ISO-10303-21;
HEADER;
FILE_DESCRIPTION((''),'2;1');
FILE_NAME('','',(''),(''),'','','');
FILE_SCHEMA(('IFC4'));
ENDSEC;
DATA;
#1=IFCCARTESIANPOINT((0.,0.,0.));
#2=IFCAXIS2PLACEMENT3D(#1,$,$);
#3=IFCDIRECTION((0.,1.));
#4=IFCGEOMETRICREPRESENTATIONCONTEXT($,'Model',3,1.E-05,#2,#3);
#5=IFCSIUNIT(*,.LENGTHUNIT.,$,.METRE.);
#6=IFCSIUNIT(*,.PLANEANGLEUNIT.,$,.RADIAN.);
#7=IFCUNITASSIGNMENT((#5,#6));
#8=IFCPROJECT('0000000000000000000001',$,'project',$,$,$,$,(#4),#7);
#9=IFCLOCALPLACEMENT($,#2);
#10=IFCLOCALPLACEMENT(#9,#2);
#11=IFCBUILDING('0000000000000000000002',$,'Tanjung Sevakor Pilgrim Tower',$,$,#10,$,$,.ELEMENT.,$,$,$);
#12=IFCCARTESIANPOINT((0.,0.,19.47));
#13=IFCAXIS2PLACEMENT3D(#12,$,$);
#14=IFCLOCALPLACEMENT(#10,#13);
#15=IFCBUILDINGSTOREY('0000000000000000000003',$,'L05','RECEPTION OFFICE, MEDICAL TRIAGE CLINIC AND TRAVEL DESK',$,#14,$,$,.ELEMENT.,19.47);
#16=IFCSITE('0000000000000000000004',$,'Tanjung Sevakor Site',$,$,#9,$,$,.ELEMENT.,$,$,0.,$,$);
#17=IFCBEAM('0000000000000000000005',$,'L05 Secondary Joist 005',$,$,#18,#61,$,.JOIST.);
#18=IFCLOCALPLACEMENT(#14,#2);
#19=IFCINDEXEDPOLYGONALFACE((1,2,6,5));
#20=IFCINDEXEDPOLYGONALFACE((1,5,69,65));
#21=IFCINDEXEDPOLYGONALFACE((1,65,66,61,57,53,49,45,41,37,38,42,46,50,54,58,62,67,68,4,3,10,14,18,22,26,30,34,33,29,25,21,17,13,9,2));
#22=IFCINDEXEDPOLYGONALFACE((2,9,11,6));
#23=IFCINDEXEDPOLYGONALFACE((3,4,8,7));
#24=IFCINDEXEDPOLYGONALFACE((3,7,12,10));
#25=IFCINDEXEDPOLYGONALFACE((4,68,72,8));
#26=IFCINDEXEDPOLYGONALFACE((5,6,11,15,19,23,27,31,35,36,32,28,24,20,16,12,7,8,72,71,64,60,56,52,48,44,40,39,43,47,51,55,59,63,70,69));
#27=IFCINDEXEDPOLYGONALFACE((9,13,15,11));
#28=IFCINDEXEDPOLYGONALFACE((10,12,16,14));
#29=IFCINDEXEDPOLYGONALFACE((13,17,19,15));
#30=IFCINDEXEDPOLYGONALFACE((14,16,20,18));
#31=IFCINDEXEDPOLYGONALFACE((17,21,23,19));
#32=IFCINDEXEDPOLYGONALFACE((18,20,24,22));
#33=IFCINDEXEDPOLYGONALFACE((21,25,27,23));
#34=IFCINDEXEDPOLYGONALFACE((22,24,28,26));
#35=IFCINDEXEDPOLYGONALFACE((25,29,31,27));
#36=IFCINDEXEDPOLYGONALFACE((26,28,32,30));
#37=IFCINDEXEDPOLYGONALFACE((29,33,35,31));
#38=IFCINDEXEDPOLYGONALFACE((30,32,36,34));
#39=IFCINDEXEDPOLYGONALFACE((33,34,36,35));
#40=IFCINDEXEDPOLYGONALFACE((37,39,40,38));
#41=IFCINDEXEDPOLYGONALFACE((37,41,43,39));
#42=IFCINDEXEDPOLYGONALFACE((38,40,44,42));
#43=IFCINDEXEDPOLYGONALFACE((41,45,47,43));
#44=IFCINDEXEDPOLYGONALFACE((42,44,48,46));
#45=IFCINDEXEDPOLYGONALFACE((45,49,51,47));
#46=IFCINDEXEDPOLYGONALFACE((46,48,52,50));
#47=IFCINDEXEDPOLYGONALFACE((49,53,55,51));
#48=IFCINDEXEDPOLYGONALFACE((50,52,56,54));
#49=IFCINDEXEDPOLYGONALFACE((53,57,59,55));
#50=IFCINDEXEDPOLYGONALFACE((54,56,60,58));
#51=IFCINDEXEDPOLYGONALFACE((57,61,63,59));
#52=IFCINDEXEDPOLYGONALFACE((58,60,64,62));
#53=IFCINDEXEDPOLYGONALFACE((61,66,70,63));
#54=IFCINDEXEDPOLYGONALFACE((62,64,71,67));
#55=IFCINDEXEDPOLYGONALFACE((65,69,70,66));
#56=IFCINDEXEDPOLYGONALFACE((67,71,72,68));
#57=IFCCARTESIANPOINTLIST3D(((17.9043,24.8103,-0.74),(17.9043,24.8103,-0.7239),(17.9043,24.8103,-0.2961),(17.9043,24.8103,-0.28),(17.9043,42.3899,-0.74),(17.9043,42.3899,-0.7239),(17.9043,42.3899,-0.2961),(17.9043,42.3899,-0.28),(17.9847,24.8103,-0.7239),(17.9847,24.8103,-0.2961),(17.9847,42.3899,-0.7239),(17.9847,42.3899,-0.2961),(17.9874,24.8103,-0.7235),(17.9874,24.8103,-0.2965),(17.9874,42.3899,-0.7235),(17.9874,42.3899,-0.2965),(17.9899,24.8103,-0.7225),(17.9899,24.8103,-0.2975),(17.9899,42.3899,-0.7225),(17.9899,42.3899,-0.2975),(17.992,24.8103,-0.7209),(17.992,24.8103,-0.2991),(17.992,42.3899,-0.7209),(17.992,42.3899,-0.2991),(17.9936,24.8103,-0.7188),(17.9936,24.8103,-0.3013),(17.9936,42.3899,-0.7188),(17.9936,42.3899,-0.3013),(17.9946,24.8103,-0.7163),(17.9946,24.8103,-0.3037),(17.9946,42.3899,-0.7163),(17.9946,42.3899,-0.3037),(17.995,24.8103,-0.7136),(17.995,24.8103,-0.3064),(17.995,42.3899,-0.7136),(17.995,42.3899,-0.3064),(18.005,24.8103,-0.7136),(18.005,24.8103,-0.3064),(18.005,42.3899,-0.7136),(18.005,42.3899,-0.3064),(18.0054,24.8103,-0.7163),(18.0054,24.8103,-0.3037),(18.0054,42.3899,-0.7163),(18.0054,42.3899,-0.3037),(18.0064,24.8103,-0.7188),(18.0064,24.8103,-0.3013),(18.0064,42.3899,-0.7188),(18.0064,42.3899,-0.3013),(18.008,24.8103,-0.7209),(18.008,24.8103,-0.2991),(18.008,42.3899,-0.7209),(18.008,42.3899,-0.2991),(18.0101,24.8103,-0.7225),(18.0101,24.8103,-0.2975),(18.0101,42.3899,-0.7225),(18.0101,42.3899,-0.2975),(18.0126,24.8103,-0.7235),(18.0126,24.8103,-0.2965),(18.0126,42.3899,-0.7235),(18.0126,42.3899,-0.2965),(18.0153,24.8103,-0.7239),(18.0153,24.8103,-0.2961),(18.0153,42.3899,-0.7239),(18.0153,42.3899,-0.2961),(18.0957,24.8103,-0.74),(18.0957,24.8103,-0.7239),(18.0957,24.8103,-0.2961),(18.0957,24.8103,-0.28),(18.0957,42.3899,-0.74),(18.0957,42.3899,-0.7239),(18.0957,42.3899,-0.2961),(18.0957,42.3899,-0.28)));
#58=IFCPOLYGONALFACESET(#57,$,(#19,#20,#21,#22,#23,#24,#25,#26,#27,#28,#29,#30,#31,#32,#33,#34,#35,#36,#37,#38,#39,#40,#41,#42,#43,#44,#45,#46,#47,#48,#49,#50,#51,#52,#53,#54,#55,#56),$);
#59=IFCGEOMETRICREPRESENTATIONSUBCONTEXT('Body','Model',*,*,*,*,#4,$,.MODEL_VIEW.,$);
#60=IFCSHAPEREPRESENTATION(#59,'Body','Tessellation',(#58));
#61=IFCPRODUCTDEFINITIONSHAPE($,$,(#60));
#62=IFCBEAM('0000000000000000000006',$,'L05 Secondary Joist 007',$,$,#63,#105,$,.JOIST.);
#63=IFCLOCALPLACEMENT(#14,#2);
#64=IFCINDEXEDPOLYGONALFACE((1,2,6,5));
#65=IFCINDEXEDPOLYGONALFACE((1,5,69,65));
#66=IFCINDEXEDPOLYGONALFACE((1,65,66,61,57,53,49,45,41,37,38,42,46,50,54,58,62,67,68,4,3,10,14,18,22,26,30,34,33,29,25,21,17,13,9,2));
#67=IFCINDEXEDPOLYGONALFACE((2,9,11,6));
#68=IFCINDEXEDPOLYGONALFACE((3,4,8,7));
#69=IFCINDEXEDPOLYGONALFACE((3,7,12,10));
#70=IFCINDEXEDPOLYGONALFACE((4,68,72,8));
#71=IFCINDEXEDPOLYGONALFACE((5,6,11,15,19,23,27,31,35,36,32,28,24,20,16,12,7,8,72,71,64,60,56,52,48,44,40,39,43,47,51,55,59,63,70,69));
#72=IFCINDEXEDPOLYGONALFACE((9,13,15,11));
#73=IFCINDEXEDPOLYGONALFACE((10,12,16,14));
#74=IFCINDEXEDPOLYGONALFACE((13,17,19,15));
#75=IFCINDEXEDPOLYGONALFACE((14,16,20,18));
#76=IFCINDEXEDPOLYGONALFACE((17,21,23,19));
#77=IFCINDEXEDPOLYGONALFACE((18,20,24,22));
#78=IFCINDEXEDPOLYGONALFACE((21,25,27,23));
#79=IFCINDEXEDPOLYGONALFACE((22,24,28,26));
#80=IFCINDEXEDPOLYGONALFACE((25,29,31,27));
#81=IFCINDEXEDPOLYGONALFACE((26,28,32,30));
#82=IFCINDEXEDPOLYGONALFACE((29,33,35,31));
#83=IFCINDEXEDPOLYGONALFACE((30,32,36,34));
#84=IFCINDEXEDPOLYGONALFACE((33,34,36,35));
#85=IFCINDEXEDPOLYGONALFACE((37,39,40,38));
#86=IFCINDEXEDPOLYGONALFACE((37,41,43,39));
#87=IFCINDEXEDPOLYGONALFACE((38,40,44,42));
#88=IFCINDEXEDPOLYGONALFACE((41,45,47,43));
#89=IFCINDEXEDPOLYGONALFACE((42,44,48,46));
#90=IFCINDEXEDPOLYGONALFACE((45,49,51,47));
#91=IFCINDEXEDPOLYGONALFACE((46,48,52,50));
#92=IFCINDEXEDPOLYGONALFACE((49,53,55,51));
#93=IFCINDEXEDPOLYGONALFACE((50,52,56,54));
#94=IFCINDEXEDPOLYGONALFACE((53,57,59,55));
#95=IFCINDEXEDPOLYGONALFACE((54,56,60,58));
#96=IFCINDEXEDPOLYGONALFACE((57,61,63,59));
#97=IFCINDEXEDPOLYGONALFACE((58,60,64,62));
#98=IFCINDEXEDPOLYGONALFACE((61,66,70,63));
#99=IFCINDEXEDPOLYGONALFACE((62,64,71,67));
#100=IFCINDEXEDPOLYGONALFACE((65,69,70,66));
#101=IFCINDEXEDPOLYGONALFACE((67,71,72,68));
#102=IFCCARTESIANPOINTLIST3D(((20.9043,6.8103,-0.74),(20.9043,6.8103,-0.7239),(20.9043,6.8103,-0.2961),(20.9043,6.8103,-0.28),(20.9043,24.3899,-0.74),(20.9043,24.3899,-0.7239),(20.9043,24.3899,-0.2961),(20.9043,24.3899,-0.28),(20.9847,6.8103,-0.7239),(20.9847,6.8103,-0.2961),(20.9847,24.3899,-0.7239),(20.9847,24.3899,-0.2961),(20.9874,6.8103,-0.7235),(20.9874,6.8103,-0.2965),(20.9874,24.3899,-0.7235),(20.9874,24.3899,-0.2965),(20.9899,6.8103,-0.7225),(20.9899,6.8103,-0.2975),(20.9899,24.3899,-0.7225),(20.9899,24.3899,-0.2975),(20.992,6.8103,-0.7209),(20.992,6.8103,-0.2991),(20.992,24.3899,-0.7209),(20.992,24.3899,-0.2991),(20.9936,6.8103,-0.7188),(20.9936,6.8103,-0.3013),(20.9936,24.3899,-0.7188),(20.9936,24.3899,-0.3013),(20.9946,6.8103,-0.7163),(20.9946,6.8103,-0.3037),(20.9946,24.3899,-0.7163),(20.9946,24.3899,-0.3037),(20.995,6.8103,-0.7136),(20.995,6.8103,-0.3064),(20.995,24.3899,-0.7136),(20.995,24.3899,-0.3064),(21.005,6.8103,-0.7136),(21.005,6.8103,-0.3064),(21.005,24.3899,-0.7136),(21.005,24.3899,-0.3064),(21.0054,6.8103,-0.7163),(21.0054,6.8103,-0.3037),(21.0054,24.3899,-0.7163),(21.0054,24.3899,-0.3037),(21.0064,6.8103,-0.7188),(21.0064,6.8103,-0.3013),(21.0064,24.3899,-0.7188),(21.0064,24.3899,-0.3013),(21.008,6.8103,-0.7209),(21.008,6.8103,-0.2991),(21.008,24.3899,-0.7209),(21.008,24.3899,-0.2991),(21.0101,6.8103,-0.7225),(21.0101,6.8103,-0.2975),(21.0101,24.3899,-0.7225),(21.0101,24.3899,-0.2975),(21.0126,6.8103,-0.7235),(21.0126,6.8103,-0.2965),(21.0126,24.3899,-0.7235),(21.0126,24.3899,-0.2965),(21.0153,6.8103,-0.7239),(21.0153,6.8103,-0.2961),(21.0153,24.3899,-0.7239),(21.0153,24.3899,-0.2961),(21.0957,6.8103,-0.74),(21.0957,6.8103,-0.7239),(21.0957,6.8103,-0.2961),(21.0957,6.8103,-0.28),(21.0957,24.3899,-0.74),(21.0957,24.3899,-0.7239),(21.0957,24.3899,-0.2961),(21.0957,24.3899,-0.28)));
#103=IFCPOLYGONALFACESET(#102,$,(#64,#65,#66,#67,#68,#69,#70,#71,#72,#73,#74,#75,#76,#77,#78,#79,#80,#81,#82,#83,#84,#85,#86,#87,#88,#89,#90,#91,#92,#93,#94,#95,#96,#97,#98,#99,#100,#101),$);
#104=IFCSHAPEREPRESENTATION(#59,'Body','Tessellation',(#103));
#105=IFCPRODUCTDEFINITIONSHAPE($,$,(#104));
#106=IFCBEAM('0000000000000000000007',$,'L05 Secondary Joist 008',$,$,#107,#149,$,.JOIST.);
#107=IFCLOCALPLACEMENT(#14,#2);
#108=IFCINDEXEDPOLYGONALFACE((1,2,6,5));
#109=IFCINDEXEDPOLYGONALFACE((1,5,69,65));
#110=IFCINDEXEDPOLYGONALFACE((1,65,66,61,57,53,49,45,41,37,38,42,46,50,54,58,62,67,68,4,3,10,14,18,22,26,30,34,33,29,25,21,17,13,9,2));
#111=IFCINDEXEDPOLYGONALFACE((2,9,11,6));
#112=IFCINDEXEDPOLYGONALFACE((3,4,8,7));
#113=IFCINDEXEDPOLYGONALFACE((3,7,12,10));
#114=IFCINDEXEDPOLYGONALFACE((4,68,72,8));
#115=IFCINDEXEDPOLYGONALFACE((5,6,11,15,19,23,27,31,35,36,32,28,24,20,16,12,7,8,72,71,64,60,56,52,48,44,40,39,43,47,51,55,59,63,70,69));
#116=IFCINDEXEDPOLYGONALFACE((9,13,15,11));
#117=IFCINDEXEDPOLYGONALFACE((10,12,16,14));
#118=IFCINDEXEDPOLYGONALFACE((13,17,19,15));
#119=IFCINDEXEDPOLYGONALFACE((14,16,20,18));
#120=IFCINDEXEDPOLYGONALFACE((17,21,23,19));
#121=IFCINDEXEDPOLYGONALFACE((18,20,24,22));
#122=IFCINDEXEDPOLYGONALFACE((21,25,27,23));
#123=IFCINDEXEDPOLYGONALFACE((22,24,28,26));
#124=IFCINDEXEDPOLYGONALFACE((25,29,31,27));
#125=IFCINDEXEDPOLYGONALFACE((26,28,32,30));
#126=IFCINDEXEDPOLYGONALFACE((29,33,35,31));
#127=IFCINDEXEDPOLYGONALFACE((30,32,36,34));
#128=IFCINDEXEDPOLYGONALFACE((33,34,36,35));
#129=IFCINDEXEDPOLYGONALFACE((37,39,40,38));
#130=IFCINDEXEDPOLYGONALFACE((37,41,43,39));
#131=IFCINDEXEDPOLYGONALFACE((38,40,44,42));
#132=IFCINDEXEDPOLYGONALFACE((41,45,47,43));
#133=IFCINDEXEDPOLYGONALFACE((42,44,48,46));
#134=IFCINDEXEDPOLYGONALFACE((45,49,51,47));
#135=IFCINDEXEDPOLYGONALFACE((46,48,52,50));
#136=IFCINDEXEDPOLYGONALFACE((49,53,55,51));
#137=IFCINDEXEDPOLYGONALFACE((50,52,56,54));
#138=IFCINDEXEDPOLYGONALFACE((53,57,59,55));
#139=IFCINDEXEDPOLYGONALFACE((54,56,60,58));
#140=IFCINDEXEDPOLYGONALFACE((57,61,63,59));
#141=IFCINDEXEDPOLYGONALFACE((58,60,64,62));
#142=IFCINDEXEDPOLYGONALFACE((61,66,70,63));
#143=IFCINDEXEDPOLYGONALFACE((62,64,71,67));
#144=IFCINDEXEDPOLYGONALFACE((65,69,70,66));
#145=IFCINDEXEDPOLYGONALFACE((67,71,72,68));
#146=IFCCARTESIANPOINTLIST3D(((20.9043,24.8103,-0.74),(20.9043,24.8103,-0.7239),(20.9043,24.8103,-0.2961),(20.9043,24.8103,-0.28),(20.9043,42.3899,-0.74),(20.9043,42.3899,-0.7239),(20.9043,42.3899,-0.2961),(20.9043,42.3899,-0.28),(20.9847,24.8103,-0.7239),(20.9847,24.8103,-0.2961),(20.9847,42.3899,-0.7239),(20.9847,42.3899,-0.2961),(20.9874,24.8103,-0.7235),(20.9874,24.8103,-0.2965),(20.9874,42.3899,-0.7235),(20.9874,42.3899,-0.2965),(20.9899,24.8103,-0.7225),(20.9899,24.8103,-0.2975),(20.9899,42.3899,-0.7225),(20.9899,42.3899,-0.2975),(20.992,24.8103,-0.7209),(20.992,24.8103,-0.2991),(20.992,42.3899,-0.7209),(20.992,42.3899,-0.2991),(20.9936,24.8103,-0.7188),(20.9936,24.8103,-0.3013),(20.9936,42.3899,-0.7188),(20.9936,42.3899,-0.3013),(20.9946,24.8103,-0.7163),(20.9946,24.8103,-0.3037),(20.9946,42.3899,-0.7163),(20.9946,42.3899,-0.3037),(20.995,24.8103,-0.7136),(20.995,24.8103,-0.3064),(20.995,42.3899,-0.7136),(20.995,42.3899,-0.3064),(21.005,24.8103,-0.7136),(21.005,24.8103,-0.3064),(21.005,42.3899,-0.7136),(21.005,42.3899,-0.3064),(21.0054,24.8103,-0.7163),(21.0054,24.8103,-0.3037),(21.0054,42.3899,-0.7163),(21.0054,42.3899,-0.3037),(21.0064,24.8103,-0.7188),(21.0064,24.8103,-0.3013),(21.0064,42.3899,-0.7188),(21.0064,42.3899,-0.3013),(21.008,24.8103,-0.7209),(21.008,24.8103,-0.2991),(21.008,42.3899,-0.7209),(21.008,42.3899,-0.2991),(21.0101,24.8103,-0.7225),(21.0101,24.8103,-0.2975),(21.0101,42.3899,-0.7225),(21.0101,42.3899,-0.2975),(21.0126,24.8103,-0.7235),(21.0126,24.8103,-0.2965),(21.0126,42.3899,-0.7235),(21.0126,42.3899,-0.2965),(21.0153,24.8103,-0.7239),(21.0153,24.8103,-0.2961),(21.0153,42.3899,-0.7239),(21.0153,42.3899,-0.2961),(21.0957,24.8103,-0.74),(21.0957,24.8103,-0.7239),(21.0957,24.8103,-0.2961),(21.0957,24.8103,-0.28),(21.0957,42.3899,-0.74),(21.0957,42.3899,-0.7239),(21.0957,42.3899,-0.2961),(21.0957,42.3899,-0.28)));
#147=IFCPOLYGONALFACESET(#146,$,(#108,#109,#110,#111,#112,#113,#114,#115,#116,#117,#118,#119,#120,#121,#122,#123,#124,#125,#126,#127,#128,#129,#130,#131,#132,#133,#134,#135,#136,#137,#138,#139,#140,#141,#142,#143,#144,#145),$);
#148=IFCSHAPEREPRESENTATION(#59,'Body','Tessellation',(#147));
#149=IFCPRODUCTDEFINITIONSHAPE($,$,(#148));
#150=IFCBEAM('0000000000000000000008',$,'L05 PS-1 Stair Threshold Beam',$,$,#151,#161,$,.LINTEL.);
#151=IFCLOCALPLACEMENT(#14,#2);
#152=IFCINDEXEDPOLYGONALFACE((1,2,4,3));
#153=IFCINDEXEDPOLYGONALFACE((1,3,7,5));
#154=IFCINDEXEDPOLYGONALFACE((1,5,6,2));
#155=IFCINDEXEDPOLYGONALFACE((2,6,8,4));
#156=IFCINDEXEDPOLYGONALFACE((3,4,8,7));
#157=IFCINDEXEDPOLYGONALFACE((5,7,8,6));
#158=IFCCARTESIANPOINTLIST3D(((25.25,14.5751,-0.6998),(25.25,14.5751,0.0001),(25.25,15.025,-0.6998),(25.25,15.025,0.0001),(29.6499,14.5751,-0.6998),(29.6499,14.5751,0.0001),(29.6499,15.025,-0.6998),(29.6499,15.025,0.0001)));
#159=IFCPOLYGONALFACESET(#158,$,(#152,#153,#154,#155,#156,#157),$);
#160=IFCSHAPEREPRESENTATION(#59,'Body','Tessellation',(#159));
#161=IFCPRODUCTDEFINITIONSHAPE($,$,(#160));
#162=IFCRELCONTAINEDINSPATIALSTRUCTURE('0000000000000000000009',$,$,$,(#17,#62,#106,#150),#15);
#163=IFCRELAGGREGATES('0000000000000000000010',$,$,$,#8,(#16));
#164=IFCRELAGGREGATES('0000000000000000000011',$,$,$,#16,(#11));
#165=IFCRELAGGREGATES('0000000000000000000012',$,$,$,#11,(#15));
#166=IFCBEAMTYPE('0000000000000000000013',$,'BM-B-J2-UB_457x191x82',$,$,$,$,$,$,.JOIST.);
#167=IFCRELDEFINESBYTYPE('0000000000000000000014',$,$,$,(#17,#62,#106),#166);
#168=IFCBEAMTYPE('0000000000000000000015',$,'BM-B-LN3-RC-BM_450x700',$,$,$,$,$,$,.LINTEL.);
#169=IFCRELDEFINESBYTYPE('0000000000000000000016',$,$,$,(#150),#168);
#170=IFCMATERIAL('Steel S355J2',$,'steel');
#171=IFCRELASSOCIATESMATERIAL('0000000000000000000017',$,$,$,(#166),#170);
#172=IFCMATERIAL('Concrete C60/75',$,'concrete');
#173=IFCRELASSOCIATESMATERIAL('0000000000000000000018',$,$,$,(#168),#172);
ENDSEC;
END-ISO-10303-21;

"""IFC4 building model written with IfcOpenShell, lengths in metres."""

from ifc_helpers import new_model, si_unit, direction, frame, origin, origin_2d, place, context, subcontext, project, spatial, rectangle, i_section, extrude, material, material_profile, profile_set, type_object, element, save


model = new_model("IFC4")

# Units and contexts
model_context = context("Model", 3, precision=1e-05, world=origin(), true_north=direction((0.0, 1.0)))
body_context = subcontext(model_context, "Body", "Model", "MODEL_VIEW")
ifc_project = project(units=[si_unit("LENGTHUNIT", "METRE"), si_unit("PLANEANGLEUNIT", "RADIAN")], contexts=[model_context])

# Site, building, storey
site_placement = place(None, origin())
site = spatial("IfcSite", under=ifc_project, at=site_placement, Name="Tanjung Sevakor Site", CompositionType="ELEMENT", RefElevation=0.0)
building_placement = place(site_placement, origin())
building = spatial("IfcBuilding", under=site, at=building_placement, Name="Tanjung Sevakor Pilgrim Tower", CompositionType="ELEMENT")
storey_placement = place(building_placement, frame((0.0, 0.0, 19.47)))
storey = spatial("IfcBuildingStorey", under=building, at=storey_placement, Name="L05", Description="RECEPTION OFFICE, MEDICAL TRIAGE CLINIC AND TRAVEL DESK", CompositionType="ELEMENT", Elevation=19.47)

# Beams
ifc_material_1 = material(Name="Steel S355J2", Category="steel")
ifc_material_profile_1 = material_profile(ifc_material_1, i_section(OverallWidth=0.1914, OverallDepth=0.46, WebThickness=0.01, FlangeThickness=0.0161, FilletRadius=0.0103, at=origin_2d()))
ifc_profile_set_1 = profile_set([ifc_material_profile_1], Name="Steel S355J2")
beam_type_1 = type_object("IfcBeamType", Name="BM-B-J2-UB_457x191x82", PredefinedType="JOIST", material=ifc_profile_set_1)
for number, where, z_axis, x_axis, name in (
    (1, (18.0, 24.8103, -0.51), (0.0, 1.0, 0.0), (-1.0, 0.0, 0.0), "L05 Secondary Joist 005"),
    (2, (21.0, 6.8103, -0.51), (0.0, 1.0, 0.0), (-1.0, 0.0, 0.0), "L05 Secondary Joist 007"),
    (3, (21.0, 24.8103, -0.51), (0.0, 1.0, 0.0), (-1.0, 0.0, 0.0), "L05 Secondary Joist 008"),
):
    element("IfcBeam", number, at=place(storey_placement, frame(where, z_axis=z_axis, x_axis=x_axis)), inside=storey, type_object=beam_type_1, Name=name, PredefinedType="JOIST", context=body_context, shape_type="SweptSolid", body=[
        extrude(i_section(OverallWidth=0.1914, OverallDepth=0.46, WebThickness=0.01, FlangeThickness=0.0161, FilletRadius=0.0103, at=origin_2d()), origin(), (0.0, 0.0, 1.0), 17.5796),
    ])
ifc_material_2 = material(Name="Concrete C60/75", Category="concrete")
ifc_material_profile_2 = material_profile(ifc_material_2, rectangle(XDim=0.45, YDim=0.7, at=origin_2d()))
ifc_profile_set_2 = profile_set([ifc_material_profile_2], Name="Concrete C60/75")
beam_type_2 = type_object("IfcBeamType", Name="BM-B-LN3-RC-BM_450x700", PredefinedType="LINTEL", material=ifc_profile_set_2)
beam_placement = place(storey_placement, frame((25.25, 14.8, -0.3499), z_axis=(1.0, 0.0, 0.0), x_axis=(0.0, 1.0, 0.0)))
element("IfcBeam", 4, at=beam_placement, inside=storey, type_object=beam_type_2, Name="L05 PS-1 Stair Threshold Beam", PredefinedType="LINTEL", context=body_context, shape_type="SweptSolid", body=[
    extrude(rectangle(XDim=0.45, YDim=0.7, at=origin_2d()), origin(), (0.0, 0.0, 1.0), 4.3999),
])

save(model, "model.ifc")
